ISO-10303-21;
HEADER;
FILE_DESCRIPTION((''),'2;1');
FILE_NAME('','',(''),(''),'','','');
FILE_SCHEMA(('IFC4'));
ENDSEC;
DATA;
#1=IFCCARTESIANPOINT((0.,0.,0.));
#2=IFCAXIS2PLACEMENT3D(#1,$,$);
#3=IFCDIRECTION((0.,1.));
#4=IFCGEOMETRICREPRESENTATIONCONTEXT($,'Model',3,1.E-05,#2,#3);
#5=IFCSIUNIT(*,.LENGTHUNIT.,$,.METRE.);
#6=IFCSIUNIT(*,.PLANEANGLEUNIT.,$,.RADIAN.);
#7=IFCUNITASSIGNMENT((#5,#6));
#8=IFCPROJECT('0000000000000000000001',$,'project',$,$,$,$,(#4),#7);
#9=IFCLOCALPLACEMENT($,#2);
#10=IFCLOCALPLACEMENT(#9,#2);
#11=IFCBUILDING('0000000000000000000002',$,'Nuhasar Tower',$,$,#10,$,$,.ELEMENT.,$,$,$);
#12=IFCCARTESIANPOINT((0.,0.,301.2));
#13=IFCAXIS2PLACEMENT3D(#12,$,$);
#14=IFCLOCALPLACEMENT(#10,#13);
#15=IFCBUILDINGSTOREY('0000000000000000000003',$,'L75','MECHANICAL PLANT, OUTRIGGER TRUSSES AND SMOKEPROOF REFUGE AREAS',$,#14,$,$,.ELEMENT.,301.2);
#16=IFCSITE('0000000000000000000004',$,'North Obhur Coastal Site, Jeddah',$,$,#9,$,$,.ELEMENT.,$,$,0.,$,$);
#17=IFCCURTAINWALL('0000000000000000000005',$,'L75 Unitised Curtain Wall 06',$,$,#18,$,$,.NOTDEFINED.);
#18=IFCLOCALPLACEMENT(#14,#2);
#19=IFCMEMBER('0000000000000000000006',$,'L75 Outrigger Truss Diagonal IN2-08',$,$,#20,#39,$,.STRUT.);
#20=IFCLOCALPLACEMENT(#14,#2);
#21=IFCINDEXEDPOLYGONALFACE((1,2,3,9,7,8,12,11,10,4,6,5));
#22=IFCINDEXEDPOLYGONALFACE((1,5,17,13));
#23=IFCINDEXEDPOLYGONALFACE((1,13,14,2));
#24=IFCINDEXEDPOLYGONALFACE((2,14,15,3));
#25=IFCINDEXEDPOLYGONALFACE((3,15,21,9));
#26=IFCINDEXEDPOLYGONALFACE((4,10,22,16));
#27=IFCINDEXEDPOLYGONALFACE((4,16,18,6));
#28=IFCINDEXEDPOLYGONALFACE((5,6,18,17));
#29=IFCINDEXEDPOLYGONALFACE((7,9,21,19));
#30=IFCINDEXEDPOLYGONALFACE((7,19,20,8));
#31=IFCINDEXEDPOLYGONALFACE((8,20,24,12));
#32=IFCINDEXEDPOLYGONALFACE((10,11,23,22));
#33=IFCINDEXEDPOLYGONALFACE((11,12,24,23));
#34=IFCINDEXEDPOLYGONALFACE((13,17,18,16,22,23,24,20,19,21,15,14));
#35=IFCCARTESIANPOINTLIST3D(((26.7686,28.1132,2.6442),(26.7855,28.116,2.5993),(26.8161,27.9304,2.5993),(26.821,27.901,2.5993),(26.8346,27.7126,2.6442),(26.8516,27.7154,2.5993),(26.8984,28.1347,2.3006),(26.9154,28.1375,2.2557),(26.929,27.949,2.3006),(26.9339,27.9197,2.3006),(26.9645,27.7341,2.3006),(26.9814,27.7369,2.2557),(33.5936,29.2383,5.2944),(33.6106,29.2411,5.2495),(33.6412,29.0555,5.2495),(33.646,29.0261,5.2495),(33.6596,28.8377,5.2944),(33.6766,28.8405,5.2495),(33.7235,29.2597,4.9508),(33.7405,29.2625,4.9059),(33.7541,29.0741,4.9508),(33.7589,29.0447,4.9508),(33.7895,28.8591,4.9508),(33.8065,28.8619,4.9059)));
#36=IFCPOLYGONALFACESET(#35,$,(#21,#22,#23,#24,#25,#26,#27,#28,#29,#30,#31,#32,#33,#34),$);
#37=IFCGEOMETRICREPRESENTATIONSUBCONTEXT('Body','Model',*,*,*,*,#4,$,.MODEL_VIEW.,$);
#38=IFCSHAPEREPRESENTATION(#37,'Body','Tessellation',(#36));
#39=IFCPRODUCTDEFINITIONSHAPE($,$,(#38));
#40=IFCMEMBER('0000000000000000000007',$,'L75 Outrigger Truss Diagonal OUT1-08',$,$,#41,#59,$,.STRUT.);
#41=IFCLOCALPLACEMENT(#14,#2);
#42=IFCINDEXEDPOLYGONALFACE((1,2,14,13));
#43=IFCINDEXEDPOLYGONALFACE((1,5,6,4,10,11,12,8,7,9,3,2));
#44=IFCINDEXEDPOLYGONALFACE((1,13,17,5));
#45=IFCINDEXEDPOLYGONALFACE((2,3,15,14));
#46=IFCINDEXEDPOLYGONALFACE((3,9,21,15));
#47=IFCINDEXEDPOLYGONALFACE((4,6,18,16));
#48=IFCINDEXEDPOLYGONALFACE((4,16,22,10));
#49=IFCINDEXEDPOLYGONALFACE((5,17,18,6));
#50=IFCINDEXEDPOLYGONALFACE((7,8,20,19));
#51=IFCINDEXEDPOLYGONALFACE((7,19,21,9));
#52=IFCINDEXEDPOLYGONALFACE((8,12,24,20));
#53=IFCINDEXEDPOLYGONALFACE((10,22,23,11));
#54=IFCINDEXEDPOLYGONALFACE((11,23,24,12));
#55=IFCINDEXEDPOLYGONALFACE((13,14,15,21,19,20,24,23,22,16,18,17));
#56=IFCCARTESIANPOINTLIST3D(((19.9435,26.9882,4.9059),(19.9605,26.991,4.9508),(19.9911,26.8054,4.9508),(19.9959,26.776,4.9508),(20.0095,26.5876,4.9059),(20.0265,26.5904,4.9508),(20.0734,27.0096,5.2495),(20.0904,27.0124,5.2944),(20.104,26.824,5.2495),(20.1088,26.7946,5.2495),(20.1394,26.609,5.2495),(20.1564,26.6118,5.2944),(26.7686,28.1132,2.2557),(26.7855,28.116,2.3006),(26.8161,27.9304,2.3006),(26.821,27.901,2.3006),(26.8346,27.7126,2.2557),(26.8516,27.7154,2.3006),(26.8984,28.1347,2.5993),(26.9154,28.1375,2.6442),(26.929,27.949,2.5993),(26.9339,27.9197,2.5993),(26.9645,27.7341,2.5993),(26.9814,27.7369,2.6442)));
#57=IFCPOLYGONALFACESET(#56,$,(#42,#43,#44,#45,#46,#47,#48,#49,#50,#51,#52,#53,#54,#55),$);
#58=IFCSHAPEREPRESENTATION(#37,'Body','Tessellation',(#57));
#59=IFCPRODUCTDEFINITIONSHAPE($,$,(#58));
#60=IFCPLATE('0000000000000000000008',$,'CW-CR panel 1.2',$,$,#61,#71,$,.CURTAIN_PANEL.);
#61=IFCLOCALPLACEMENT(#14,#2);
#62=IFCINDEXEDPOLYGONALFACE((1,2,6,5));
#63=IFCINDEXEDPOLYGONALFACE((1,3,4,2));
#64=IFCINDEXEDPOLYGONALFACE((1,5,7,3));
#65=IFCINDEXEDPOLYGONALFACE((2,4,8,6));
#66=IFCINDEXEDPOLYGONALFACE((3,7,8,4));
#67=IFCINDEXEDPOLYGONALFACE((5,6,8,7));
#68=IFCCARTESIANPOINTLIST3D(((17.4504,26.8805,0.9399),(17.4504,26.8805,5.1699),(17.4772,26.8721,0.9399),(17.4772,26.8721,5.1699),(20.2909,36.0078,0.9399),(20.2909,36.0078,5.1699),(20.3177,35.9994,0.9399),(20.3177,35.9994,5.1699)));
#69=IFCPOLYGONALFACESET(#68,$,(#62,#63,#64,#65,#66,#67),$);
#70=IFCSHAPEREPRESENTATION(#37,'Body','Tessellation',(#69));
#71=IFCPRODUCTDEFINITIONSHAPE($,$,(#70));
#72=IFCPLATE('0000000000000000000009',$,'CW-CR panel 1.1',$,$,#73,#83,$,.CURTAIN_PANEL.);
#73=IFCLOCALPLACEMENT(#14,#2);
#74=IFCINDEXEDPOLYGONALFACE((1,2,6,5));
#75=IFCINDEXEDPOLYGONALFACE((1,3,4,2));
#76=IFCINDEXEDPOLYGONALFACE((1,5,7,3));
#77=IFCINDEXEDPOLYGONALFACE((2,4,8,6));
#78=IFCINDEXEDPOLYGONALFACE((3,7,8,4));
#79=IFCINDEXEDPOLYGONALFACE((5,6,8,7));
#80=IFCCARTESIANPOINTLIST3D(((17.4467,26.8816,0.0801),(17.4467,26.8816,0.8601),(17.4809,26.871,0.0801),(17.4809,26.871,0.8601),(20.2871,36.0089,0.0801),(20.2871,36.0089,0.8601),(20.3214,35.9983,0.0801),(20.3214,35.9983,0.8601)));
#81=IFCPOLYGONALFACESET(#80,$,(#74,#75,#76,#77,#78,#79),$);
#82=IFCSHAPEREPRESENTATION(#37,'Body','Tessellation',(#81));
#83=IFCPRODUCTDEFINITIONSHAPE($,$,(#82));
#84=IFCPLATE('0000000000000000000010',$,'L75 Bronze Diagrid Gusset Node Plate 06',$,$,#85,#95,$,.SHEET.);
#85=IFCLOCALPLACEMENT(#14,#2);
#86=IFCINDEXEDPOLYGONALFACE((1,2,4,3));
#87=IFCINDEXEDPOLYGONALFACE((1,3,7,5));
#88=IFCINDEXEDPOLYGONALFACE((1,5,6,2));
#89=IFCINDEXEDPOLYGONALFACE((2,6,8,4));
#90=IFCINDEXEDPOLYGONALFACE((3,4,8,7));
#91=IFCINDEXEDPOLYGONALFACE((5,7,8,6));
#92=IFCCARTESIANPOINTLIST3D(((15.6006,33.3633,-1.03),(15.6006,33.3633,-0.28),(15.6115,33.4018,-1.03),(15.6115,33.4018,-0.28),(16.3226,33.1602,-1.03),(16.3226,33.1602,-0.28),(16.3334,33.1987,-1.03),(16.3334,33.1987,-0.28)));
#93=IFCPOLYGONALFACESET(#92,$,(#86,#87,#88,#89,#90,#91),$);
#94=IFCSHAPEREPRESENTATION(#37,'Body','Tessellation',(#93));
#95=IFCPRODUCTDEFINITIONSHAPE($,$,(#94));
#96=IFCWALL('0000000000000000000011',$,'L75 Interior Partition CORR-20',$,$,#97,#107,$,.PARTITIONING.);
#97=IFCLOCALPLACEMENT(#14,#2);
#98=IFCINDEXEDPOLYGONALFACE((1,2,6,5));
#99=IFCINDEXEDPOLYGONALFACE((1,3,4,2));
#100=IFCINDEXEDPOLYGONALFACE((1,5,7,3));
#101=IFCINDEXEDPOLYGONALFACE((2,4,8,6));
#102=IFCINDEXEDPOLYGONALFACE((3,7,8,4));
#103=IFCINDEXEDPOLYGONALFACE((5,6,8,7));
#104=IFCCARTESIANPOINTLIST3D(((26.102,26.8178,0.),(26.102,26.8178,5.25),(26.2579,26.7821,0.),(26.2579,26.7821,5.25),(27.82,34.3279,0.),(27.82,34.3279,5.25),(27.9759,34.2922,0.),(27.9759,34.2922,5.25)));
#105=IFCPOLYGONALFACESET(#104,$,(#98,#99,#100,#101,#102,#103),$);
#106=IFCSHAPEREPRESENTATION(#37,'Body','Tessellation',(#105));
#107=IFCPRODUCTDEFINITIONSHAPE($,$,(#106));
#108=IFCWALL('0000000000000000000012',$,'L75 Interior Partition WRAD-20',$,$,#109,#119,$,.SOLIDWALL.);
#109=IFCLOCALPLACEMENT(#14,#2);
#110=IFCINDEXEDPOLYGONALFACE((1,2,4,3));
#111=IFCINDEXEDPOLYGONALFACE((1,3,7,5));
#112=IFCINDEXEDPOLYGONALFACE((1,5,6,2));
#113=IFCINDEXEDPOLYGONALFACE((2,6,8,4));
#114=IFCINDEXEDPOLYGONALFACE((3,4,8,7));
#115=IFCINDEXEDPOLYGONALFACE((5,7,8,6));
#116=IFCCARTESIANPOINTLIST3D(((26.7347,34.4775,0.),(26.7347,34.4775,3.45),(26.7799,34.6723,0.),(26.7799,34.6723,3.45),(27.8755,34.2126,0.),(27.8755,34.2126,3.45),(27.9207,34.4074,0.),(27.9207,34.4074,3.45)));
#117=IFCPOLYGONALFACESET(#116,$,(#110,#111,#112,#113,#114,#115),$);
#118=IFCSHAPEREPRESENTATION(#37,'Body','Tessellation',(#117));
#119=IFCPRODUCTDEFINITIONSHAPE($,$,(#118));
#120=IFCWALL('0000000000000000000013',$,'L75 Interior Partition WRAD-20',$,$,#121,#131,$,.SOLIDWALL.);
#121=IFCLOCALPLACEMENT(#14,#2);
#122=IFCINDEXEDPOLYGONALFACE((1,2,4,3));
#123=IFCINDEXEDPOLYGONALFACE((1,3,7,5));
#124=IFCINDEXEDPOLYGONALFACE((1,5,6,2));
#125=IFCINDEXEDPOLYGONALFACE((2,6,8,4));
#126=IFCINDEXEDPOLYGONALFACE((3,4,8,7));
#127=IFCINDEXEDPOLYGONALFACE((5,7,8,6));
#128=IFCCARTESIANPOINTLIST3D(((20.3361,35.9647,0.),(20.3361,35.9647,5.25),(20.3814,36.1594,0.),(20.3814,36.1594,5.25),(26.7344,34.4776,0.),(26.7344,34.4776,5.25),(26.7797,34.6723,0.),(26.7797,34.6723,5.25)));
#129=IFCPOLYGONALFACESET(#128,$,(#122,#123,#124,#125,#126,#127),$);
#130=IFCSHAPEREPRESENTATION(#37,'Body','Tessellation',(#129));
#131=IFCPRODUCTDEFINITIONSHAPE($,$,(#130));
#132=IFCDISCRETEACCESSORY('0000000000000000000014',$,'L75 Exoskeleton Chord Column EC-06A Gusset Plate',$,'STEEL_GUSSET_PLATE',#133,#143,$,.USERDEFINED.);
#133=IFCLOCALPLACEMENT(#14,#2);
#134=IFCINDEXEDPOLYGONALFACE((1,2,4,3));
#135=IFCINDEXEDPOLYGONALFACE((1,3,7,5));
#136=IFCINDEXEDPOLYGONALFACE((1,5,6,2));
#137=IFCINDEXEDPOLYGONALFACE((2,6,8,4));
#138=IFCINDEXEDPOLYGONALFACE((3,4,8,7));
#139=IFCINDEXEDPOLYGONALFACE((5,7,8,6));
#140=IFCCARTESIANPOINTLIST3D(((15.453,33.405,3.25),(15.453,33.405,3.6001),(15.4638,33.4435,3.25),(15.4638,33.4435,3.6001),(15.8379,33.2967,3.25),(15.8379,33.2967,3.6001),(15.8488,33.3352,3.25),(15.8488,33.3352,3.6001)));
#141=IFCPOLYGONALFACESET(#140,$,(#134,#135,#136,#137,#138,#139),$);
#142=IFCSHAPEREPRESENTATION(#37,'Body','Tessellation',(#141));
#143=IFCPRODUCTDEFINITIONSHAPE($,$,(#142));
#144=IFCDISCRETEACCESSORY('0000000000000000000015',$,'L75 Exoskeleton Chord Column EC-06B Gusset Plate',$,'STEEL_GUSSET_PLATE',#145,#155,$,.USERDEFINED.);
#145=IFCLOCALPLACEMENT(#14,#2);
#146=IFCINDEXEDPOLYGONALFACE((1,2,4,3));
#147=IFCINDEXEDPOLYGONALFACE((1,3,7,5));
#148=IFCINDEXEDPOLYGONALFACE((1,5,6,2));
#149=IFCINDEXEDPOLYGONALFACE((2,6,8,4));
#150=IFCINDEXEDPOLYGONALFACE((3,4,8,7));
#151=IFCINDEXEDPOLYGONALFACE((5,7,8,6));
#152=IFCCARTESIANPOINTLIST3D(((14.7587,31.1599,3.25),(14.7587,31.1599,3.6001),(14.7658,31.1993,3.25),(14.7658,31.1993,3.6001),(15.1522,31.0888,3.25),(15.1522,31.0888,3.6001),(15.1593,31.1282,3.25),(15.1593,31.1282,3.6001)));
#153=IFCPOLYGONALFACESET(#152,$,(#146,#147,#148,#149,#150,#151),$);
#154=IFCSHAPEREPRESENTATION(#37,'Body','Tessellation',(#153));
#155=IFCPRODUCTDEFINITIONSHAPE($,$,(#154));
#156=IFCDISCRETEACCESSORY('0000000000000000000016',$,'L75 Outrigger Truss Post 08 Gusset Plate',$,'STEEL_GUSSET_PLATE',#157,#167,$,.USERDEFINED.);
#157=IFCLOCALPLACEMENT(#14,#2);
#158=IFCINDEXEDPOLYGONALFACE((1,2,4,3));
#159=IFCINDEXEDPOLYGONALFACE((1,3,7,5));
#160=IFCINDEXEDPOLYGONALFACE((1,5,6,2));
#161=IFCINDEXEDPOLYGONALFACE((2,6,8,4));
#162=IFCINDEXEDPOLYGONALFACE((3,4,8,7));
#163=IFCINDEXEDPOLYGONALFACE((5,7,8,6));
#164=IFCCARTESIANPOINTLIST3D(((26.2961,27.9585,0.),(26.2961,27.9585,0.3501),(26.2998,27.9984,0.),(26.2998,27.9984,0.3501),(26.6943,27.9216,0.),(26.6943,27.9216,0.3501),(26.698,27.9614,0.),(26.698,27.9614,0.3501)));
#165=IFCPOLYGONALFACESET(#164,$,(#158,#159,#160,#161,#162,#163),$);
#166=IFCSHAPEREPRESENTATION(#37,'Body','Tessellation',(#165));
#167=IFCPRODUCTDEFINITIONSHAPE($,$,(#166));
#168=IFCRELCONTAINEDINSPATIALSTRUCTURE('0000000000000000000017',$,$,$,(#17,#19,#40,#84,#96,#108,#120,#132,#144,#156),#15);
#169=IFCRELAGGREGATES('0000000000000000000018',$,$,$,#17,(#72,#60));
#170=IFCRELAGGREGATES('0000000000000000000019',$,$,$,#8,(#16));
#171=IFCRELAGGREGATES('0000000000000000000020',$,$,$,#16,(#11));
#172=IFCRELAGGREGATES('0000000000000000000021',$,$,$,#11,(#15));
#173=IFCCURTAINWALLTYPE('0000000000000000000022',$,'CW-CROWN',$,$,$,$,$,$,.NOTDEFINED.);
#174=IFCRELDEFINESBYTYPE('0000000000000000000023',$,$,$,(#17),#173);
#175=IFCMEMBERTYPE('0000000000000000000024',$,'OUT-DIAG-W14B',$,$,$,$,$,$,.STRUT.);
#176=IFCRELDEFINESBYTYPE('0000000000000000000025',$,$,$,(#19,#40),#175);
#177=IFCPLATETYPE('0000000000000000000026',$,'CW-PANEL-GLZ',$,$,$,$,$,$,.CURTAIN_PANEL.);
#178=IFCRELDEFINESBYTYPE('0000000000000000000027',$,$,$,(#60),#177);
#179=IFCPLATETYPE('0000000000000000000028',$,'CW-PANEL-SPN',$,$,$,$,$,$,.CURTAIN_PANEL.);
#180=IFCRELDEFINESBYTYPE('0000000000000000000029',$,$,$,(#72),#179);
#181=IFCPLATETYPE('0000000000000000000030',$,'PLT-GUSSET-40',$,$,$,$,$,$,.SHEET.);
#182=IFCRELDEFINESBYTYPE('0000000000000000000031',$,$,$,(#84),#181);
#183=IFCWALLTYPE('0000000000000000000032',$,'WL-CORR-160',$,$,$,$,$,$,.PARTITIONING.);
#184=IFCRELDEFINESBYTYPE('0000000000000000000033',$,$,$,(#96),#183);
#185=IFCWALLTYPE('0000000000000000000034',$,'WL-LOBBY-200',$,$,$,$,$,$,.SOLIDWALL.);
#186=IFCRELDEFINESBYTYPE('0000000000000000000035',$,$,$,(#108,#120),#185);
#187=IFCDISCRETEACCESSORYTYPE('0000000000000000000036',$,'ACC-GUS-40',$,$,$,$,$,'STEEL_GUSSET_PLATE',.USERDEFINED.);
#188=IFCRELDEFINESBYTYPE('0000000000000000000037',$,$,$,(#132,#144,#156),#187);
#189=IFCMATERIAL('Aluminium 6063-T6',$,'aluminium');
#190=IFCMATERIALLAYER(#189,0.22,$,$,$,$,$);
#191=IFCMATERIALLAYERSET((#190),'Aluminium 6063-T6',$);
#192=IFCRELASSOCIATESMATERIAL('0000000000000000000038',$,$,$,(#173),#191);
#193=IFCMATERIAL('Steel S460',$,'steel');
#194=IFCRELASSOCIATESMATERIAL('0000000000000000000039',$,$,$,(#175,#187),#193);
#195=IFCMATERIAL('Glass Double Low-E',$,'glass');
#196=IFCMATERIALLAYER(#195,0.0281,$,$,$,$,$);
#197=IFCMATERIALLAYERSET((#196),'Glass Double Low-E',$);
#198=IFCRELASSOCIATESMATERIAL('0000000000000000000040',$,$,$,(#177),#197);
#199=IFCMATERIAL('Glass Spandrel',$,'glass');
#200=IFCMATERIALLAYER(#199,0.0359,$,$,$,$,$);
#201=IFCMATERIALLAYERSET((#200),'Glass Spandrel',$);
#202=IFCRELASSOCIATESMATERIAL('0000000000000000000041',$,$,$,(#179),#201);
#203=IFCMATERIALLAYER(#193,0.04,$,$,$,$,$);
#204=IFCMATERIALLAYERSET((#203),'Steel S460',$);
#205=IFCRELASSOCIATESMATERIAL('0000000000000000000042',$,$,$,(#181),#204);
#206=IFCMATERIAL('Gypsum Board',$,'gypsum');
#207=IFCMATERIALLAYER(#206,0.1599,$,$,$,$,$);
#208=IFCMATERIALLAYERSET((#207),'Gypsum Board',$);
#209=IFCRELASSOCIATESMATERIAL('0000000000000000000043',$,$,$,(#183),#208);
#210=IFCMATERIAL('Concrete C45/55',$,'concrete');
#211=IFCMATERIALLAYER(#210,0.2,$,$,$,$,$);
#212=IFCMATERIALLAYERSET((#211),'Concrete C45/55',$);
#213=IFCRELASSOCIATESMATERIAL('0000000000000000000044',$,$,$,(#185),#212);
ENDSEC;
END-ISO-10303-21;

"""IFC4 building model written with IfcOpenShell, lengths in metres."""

from ifc_helpers import new_model, si_unit, direction, frame, frame_2d, origin, origin_2d, place, context, subcontext, project, spatial, rectangle, i_section, extrude, material, layer, layer_set, material_profile, profile_set, type_object, element, aggregate, save


model = new_model("IFC4")

# Units and contexts
model_context = context("Model", 3, precision=1e-05, world=origin(), true_north=direction((0.0, 1.0)))
body_context = subcontext(model_context, "Body", "Model", "MODEL_VIEW")
ifc_project = project(units=[si_unit("LENGTHUNIT", "METRE"), si_unit("PLANEANGLEUNIT", "RADIAN")], contexts=[model_context])

# Site, building, storey
site_placement = place(None, origin())
site = spatial("IfcSite", under=ifc_project, at=site_placement, Name="North Obhur Coastal Site, Jeddah", CompositionType="ELEMENT", RefElevation=0.0)
building_placement = place(site_placement, origin())
building = spatial("IfcBuilding", under=site, at=building_placement, Name="Nuhasar Tower", CompositionType="ELEMENT")
storey_placement = place(building_placement, frame((0.0, 0.0, 301.2)))
storey = spatial("IfcBuildingStorey", under=building, at=storey_placement, Name="L75", Description="MECHANICAL PLANT, OUTRIGGER TRUSSES AND SMOKEPROOF REFUGE AREAS", CompositionType="ELEMENT", Elevation=301.2)

# Shared definitions
ifc_material_1 = material(Name="Steel S460", Category="steel")

# Curtain wall
ifc_material_2 = material(Name="Aluminium 6063-T6", Category="aluminium")
ifc_layer_1 = layer(ifc_material_2, 0.22)
ifc_layer_set_1 = layer_set([ifc_layer_1], Name="Aluminium 6063-T6")
curtain_wall_type = type_object("IfcCurtainWallType", Name="CW-CROWN", PredefinedType="NOTDEFINED", material=ifc_layer_set_1)
curtain_wall_placement = place(storey_placement, origin())
curtain_wall = element("IfcCurtainWall", 1, at=curtain_wall_placement, inside=storey, type_object=curtain_wall_type, Name="L75 Unitised Curtain Wall 06", PredefinedType="NOTDEFINED")

# Members
ifc_material_profile_1 = material_profile(ifc_material_1, i_section(OverallWidth=0.406, OverallDepth=0.416, WebThickness=0.0298, FlangeThickness=0.0481, at=origin_2d()), Name="W14X257")
ifc_profile_set_1 = profile_set([ifc_material_profile_1], Name="Steel S460")
member_type_1 = type_object("IfcMemberType", Name="OUT-DIAG-W14B", PredefinedType="STRUT", material=ifc_profile_set_1)
for number, where, z_axis, x_axis, name in (
    (2, (26.875, 27.925, 2.45), (0.921375, 0.151876, 0.357772), (-0.162642, 0.986685, 0.0), "L75 Outrigger Truss Diagonal IN2-08"),
    (3, (26.875, 27.925, 2.45), (-0.921375, -0.151876, 0.357772), (0.162642, -0.986685, 0.0), "L75 Outrigger Truss Diagonal OUT1-08"),
):
    element("IfcMember", number, at=place(storey_placement, frame(where, z_axis=z_axis, x_axis=x_axis)), inside=storey, type_object=member_type_1, Name=name, PredefinedType="STRUT", context=body_context, shape_type="SweptSolid", body=[
        extrude(i_section(OverallWidth=0.406, OverallDepth=0.416, WebThickness=0.0298, FlangeThickness=0.0481, at=origin_2d()), origin(), (0.0, 0.0, 1.0), 7.4075),
    ])

# Plates
ifc_material_3 = material(Name="Glass Double Low-E", Category="glass")
ifc_layer_2 = layer(ifc_material_3, 0.0281)
ifc_layer_set_2 = layer_set([ifc_layer_2], Name="Glass Double Low-E")
plate_type_1 = type_object("IfcPlateType", Name="CW-PANEL-GLZ", PredefinedType="CURTAIN_PANEL", material=ifc_layer_set_2)
plate_1_placement = place(storey_placement, frame((18.884, 31.4399, 0.9399), z_axis=(0.0, 0.0, 1.0), x_axis=(-0.29715, -0.954831, 0.0)))
plate_1 = element("IfcPlate", 4, at=plate_1_placement, type_object=plate_type_1, Name="CW-CR panel 1.2", PredefinedType="CURTAIN_PANEL", context=body_context, shape_type="SweptSolid", body=[
    extrude(rectangle(XDim=9.5591, YDim=0.0281, at=origin_2d()), origin(), (0.0, 0.0, 1.0), 4.23),
])
ifc_material_4 = material(Name="Glass Spandrel", Category="glass")
ifc_layer_3 = layer(ifc_material_4, 0.0359)
ifc_layer_set_3 = layer_set([ifc_layer_3], Name="Glass Spandrel")
plate_type_2 = type_object("IfcPlateType", Name="CW-PANEL-SPN", PredefinedType="CURTAIN_PANEL", material=ifc_layer_set_3)
plate_2_placement = place(storey_placement, frame((18.884, 31.4399, 0.0801), z_axis=(0.0, 0.0, 1.0), x_axis=(-0.29715, -0.954831, 0.0)))
plate_2 = element("IfcPlate", 5, at=plate_2_placement, type_object=plate_type_2, Name="CW-CR panel 1.1", PredefinedType="CURTAIN_PANEL", context=body_context, shape_type="SweptSolid", body=[
    extrude(rectangle(XDim=9.5591, YDim=0.0359, at=origin_2d()), origin(), (0.0, 0.0, 1.0), 0.78),
])
aggregate(curtain_wall, [plate_2, plate_1])
ifc_layer_4 = layer(ifc_material_1, 0.04)
ifc_layer_set_4 = layer_set([ifc_layer_4], Name="Steel S460")
plate_type_3 = type_object("IfcPlateType", Name="PLT-GUSSET-40", PredefinedType="SHEET", material=ifc_layer_set_4)
plate_3_placement = place(storey_placement, frame((15.967, 33.281, -1.03), z_axis=(0.0, 0.0, 1.0), x_axis=(-0.962621, 0.270852, 0.0)))
element("IfcPlate", 6, at=plate_3_placement, inside=storey, type_object=plate_type_3, Name="L75 Bronze Diagrid Gusset Node Plate 06", PredefinedType="SHEET", context=body_context, shape_type="SweptSolid", body=[
    extrude(rectangle(XDim=0.75, YDim=0.04, at=origin_2d()), origin(), (0.0, 0.0, 1.0), 0.75),
])

# Walls
ifc_material_5 = material(Name="Gypsum Board", Category="gypsum")
ifc_layer_5 = layer(ifc_material_5, 0.1599)
ifc_layer_set_5 = layer_set([ifc_layer_5], Name="Gypsum Board")
wall_type_1 = type_object("IfcWallType", Name="WL-CORR-160", PredefinedType="PARTITIONING", material=ifc_layer_set_5)
wall_1_placement = place(storey_placement, frame((27.8979, 34.3101, 0.0), z_axis=(0.0, 0.0, 1.0), x_axis=(-0.223003, -0.974818, 0.0)))
element("IfcWall", 7, at=wall_1_placement, inside=storey, type_object=wall_type_1, Name="L75 Interior Partition CORR-20", PredefinedType="PARTITIONING", context=body_context, shape_type="SweptSolid", body=[
    extrude(rectangle(XDim=7.7041, YDim=0.1599, at=frame_2d((3.8521, 0.0))), origin(), (0.0, 0.0, 1.0), 5.25),
])
ifc_material_6 = material(Name="Concrete C45/55", Category="concrete")
ifc_layer_6 = layer(ifc_material_6, 0.2)
ifc_layer_set_6 = layer_set([ifc_layer_6], Name="Concrete C45/55")
wall_type_2 = type_object("IfcWallType", Name="WL-LOBBY-200", PredefinedType="SOLIDWALL", material=ifc_layer_set_6)
wall_2_placement = place(storey_placement, frame((27.8979, 34.3101, 0.0), z_axis=(0.0, 0.0, 1.0), x_axis=(-0.974088, 0.226169, 0.0)))
element("IfcWall", 8, at=wall_2_placement, inside=storey, type_object=wall_type_2, Name="L75 Interior Partition WRAD-20", PredefinedType="SOLIDWALL", context=body_context, shape_type="SweptSolid", body=[
    extrude(rectangle(XDim=1.1711, YDim=0.2, at=frame_2d((0.5854, 0.0))), origin(), (0.0, 0.0, 1.0), 3.45),
])
wall_3_placement = place(storey_placement, frame((26.7571, 34.575, 0.0), z_axis=(0.0, 0.0, 1.0), x_axis=(-0.974038, 0.226385, 0.0)))
element("IfcWall", 9, at=wall_3_placement, inside=storey, type_object=wall_type_2, Name="L75 Interior Partition WRAD-20", PredefinedType="SOLIDWALL", context=body_context, shape_type="SweptSolid", body=[
    extrude(rectangle(XDim=6.5688, YDim=0.2, at=frame_2d((3.2844, 0.0))), origin(), (0.0, 0.0, 1.0), 5.25),
])

# Discrete accessories
discrete_accessory_type = type_object("IfcDiscreteAccessoryType", Name="ACC-GUS-40", ElementType="STEEL_GUSSET_PLATE", PredefinedType="USERDEFINED", material=ifc_material_1)
for number, where, z_axis, x_axis, name in (
    (10, (15.6509, 33.3701, 3.25), (0.0, 0.0, 1.0), (-0.962621, 0.270852, 0.0), "L75 Exoskeleton Chord Column EC-06A Gusset Plate"),
    (11, (14.959, 31.144, 3.25), (0.0, 0.0, 1.0), (-0.984062, 0.177823, 0.0), "L75 Exoskeleton Chord Column EC-06B Gusset Plate"),
    (12, (26.4971, 27.96, 0.0), (0.0, 0.0, 1.0), (-0.995723, 0.092388, 0.0), "L75 Outrigger Truss Post 08 Gusset Plate"),
):
    element("IfcDiscreteAccessory", number, at=place(storey_placement, frame(where, z_axis=z_axis, x_axis=x_axis)), inside=storey, type_object=discrete_accessory_type, Name=name, ObjectType="STEEL_GUSSET_PLATE", PredefinedType="USERDEFINED", context=body_context, shape_type="SweptSolid", body=[
        extrude(rectangle(XDim=0.3999, YDim=0.04, at=origin_2d()), origin(), (0.0, 0.0, 1.0), 0.3501),
    ])

save(model, "model.ifc")
